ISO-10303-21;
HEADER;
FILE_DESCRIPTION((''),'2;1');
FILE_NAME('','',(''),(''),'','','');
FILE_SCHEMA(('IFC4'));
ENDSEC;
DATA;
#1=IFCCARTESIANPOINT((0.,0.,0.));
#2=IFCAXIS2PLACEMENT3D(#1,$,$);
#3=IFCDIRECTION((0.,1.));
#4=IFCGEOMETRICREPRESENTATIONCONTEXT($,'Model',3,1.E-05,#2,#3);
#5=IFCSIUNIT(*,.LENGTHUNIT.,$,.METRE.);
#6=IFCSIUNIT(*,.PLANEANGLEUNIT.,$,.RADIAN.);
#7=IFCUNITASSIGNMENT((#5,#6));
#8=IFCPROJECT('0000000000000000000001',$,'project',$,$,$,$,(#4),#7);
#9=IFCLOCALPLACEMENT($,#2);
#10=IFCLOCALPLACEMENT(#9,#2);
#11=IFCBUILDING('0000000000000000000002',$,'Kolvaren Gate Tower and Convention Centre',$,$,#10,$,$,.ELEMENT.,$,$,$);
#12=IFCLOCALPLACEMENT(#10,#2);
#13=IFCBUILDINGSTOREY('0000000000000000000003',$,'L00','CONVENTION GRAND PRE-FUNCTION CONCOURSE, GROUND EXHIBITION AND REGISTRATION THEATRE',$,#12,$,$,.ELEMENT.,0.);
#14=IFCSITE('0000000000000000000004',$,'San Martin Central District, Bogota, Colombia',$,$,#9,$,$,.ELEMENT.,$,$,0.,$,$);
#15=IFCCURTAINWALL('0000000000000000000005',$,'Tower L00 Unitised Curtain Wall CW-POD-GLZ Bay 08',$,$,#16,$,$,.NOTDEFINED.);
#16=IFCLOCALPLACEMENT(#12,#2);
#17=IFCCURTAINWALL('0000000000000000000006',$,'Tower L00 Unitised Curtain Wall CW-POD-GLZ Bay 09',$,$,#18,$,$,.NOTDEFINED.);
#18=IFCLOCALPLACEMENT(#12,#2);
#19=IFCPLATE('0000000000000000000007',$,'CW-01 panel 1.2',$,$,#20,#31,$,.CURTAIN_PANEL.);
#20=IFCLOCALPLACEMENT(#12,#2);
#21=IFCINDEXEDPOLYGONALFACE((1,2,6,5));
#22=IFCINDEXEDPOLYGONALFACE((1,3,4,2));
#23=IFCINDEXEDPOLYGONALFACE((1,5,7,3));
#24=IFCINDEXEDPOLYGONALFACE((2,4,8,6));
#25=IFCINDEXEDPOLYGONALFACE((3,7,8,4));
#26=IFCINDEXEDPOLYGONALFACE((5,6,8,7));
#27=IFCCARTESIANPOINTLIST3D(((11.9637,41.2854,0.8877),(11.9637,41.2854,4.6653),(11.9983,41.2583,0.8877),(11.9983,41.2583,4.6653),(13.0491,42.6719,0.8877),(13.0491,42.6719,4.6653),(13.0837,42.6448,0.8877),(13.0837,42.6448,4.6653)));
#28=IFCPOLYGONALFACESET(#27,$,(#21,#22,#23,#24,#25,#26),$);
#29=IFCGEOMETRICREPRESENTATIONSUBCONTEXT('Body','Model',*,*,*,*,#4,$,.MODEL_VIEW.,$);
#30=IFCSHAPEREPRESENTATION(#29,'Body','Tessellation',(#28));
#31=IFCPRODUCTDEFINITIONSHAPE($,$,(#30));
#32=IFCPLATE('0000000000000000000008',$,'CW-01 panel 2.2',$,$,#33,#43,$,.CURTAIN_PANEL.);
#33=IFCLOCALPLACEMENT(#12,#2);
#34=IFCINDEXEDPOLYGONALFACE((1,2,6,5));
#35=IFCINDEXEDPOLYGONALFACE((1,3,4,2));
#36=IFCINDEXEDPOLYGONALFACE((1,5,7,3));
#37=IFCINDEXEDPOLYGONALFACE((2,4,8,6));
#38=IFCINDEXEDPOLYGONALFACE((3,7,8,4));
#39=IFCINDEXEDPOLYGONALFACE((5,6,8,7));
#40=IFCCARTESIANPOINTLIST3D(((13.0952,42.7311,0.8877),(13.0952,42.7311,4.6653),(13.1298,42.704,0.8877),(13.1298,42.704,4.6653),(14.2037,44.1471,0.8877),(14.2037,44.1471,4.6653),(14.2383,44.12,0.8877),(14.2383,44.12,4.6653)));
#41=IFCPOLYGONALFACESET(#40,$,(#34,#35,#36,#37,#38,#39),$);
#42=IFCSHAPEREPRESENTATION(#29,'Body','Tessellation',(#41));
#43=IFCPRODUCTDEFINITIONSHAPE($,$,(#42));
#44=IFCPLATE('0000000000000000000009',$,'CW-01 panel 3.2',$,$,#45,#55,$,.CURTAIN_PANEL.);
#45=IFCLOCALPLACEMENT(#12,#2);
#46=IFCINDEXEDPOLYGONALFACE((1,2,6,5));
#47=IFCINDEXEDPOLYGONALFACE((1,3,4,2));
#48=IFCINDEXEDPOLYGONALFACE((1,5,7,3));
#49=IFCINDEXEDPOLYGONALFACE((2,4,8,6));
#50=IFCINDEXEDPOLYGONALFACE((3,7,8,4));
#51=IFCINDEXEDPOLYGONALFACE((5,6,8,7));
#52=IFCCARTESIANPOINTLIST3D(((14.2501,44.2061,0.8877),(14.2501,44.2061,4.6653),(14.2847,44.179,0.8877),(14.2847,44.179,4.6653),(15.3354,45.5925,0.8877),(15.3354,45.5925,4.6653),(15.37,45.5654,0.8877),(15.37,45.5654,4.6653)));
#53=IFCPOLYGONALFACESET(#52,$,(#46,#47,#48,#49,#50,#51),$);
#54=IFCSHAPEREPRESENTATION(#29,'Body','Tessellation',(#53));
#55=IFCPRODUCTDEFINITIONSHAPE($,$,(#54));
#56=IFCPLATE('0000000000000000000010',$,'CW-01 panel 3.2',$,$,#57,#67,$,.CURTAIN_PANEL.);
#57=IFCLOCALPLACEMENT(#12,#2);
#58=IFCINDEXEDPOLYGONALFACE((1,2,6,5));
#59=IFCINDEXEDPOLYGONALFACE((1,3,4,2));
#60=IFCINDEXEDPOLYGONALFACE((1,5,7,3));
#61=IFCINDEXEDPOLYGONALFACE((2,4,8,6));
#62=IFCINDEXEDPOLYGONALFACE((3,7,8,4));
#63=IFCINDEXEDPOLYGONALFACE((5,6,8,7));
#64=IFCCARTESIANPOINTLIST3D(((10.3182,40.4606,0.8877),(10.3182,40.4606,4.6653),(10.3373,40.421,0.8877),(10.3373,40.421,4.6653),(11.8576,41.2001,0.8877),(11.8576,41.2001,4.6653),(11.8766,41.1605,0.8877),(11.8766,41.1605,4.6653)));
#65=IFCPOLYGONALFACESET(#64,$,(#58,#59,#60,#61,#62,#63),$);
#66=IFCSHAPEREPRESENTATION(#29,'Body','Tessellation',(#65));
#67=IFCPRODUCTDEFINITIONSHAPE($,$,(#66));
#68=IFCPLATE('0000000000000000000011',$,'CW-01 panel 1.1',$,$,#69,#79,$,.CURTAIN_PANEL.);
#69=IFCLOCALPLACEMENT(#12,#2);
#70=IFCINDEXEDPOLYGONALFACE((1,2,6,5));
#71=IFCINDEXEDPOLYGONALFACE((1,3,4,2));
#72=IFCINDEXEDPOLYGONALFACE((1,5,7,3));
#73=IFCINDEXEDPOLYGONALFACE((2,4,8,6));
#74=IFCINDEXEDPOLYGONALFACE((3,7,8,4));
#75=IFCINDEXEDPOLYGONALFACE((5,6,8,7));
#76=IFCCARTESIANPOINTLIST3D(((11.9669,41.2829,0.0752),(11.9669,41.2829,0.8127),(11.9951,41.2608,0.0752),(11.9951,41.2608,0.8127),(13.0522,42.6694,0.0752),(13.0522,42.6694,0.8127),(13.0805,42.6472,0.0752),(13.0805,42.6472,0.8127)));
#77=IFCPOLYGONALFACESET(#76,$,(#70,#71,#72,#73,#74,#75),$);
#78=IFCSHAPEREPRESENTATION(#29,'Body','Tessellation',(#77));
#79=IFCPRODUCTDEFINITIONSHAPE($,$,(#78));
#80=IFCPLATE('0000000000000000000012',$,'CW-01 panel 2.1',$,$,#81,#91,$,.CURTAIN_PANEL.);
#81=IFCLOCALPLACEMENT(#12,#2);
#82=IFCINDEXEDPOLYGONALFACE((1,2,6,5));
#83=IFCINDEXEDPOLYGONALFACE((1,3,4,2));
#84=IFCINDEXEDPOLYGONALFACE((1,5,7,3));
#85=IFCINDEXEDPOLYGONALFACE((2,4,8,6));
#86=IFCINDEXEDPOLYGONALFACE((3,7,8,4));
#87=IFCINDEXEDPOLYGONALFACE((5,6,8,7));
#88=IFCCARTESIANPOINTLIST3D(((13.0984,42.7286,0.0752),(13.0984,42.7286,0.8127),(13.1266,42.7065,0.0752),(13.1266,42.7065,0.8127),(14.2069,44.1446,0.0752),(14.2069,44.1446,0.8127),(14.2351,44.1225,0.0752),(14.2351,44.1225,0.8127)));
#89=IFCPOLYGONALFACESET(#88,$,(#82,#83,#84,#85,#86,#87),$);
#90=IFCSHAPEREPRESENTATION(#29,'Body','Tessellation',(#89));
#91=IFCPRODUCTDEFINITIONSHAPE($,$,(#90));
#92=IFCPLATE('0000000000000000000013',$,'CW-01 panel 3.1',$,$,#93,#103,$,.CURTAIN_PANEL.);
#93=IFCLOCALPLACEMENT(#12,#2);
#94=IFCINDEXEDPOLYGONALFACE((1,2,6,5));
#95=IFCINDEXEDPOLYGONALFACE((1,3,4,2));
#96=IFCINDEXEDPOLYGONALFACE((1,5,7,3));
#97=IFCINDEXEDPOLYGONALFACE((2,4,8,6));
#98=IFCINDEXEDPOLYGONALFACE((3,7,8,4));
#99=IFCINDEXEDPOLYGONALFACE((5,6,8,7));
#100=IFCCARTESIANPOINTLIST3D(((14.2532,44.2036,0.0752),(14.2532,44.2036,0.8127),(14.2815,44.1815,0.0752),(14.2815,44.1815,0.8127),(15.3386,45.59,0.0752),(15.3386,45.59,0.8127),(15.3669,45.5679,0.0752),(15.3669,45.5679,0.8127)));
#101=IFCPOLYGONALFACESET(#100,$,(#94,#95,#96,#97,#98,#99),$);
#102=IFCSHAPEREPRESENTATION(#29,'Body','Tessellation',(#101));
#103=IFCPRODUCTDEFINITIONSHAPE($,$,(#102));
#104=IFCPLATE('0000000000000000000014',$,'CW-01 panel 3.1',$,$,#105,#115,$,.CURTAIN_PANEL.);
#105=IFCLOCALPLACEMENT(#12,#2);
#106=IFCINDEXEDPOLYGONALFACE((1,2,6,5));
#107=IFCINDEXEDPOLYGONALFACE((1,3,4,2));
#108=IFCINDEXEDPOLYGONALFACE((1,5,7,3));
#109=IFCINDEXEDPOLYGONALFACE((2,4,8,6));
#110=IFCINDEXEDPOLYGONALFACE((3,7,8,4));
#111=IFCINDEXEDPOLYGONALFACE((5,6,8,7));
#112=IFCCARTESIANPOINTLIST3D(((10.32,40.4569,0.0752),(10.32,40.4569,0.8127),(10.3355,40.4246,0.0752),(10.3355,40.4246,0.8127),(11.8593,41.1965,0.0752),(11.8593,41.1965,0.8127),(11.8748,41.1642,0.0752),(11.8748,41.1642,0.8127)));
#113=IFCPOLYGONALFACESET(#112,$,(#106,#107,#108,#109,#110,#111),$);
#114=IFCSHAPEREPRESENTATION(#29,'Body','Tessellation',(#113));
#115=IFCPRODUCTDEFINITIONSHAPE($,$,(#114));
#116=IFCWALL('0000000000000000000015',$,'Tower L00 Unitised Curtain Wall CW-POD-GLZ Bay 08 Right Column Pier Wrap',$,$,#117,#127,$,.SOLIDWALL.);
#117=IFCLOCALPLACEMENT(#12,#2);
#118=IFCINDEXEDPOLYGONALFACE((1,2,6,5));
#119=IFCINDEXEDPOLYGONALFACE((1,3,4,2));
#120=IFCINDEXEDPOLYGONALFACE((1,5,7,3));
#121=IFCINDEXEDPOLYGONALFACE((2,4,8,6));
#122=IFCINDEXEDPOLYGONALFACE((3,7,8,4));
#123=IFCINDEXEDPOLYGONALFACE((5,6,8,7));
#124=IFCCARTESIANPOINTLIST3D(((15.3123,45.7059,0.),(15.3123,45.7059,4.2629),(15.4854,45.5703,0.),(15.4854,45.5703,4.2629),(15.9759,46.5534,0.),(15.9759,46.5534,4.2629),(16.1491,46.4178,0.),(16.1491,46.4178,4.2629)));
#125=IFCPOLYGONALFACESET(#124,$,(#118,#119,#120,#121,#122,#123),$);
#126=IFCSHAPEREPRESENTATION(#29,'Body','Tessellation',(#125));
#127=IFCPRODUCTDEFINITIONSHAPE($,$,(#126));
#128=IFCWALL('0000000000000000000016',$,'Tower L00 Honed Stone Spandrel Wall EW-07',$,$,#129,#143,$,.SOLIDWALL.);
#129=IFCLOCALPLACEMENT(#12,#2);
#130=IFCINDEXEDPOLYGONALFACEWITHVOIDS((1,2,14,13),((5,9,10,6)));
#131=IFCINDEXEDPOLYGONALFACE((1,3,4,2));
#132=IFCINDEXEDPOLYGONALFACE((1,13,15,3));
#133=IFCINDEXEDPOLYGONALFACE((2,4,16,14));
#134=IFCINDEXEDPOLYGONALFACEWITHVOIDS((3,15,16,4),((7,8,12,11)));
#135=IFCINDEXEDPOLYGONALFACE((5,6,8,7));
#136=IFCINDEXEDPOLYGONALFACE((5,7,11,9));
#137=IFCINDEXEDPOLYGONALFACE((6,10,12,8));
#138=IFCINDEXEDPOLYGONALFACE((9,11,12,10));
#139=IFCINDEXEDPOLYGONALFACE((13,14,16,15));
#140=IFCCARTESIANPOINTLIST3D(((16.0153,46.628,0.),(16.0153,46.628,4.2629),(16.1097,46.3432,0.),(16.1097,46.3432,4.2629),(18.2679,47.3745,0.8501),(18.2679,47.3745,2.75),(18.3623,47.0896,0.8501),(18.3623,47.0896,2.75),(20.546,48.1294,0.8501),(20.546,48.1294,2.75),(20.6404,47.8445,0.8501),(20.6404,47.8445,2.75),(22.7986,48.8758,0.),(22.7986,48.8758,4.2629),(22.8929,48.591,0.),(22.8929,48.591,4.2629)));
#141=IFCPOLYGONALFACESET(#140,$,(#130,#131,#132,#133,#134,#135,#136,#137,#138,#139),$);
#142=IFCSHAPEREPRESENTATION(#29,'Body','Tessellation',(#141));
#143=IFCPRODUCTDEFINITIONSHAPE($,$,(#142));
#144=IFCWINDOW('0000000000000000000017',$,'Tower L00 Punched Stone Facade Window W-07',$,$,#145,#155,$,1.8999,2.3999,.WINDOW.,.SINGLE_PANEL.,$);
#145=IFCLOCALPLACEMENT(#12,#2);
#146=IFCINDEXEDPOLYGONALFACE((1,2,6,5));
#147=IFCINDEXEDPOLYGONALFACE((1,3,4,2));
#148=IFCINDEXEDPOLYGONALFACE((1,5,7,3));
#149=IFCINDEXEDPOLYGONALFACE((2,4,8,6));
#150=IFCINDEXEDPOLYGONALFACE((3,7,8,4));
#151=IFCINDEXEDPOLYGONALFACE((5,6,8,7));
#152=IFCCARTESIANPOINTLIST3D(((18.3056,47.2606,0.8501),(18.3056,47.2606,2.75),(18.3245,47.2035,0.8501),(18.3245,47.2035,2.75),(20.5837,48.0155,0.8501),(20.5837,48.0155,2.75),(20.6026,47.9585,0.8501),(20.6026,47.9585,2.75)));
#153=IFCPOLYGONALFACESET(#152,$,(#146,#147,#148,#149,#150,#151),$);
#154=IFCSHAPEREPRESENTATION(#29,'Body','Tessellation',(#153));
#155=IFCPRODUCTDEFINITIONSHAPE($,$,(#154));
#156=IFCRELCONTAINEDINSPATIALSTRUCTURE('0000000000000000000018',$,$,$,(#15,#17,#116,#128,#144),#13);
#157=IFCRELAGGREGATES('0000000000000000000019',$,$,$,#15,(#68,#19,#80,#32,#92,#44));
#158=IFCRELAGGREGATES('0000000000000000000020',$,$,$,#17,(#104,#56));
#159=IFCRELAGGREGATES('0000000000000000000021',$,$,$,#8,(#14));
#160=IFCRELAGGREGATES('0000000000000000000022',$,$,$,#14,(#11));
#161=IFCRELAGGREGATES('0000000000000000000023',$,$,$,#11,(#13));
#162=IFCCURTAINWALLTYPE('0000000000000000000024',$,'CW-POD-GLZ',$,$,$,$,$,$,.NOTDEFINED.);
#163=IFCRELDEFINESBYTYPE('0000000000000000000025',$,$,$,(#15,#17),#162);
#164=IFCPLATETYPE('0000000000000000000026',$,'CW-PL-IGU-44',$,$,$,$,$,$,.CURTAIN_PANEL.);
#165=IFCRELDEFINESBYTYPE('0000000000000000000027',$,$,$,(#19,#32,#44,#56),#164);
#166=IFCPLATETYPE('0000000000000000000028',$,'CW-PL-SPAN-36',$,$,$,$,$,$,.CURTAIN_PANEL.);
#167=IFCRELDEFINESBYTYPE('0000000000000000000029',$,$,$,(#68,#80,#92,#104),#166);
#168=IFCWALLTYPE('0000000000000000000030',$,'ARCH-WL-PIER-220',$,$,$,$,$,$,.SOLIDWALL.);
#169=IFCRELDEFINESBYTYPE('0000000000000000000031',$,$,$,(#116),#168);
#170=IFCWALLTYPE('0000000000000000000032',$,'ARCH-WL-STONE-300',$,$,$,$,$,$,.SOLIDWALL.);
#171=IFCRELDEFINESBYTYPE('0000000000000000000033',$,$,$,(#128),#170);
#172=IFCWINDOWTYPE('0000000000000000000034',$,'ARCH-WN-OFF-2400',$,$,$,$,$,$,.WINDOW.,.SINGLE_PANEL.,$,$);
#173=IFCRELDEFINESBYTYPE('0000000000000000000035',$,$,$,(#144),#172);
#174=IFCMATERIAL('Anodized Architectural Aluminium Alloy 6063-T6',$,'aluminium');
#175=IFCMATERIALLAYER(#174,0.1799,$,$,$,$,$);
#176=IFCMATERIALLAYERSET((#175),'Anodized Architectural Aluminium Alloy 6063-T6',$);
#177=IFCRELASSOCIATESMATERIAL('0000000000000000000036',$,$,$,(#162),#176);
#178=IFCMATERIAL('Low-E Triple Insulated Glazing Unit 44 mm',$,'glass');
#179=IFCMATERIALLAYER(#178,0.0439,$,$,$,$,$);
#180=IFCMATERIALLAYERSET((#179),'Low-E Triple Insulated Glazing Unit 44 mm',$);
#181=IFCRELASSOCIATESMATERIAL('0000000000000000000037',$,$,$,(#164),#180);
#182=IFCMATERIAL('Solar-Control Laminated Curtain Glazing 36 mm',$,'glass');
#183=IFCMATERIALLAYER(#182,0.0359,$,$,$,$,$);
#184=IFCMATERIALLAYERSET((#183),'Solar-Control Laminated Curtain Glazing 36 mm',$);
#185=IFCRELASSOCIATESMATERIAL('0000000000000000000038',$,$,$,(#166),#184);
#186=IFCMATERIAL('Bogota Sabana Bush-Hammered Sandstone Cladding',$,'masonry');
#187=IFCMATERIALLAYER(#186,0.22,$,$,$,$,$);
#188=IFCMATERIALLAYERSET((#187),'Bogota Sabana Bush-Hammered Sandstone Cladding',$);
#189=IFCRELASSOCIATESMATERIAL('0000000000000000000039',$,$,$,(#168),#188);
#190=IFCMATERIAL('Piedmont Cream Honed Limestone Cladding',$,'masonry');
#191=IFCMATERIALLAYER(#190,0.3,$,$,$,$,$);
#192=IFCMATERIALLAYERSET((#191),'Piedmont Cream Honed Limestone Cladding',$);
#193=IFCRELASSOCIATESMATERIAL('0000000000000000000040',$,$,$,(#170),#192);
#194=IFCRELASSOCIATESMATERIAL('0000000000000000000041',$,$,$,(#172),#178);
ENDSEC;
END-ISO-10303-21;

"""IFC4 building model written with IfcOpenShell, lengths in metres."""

from ifc_helpers import new_model, si_unit, direction, frame, frame_2d, origin, origin_2d, place, context, subcontext, project, spatial, rectangle, extrude, material, layer, layer_set, type_object, element, fill, aggregate, save


model = new_model("IFC4")

# Units and contexts
model_context = context("Model", 3, precision=1e-05, world=origin(), true_north=direction((0.0, 1.0)))
body_context = subcontext(model_context, "Body", "Model", "MODEL_VIEW")
ifc_project = project(units=[si_unit("LENGTHUNIT", "METRE"), si_unit("PLANEANGLEUNIT", "RADIAN")], contexts=[model_context])

# Site, building, storey
site_placement = place(None, origin())
site = spatial("IfcSite", under=ifc_project, at=site_placement, Name="San Martin Central District, Bogota, Colombia", CompositionType="ELEMENT", RefElevation=0.0)
building_placement = place(site_placement, origin())
building = spatial("IfcBuilding", under=site, at=building_placement, Name="Kolvaren Gate Tower and Convention Centre", CompositionType="ELEMENT")
storey_placement = place(building_placement, origin())
storey = spatial("IfcBuildingStorey", under=building, at=storey_placement, Name="L00", Description="CONVENTION GRAND PRE-FUNCTION CONCOURSE, GROUND EXHIBITION AND REGISTRATION THEATRE", CompositionType="ELEMENT", Elevation=0.0)

# Curtain wall
ifc_material_1 = material(Name="Anodized Architectural Aluminium Alloy 6063-T6", Category="aluminium")
ifc_layer_1 = layer(ifc_material_1, 0.1799)
ifc_layer_set_1 = layer_set([ifc_layer_1], Name="Anodized Architectural Aluminium Alloy 6063-T6")
curtain_wall_type = type_object("IfcCurtainWallType", Name="CW-POD-GLZ", PredefinedType="NOTDEFINED", material=ifc_layer_set_1)
curtain_wall_1_placement = place(storey_placement, origin())
curtain_wall_1 = element("IfcCurtainWall", 1, at=curtain_wall_1_placement, inside=storey, type_object=curtain_wall_type, Name="Tower L00 Unitised Curtain Wall CW-POD-GLZ Bay 08", PredefinedType="NOTDEFINED")

# Curtain wall
curtain_wall_2_placement = place(storey_placement, origin())
curtain_wall_2 = element("IfcCurtainWall", 2, at=curtain_wall_2_placement, inside=storey, type_object=curtain_wall_type, Name="Tower L00 Unitised Curtain Wall CW-POD-GLZ Bay 09", PredefinedType="NOTDEFINED")

# Plates
ifc_material_2 = material(Name="Low-E Triple Insulated Glazing Unit 44 mm", Category="glass")
ifc_layer_2 = layer(ifc_material_2, 0.0439)
ifc_layer_set_2 = layer_set([ifc_layer_2], Name="Low-E Triple Insulated Glazing Unit 44 mm")
plate_type_1 = type_object("IfcPlateType", Name="CW-PL-IGU-44", PredefinedType="CURTAIN_PANEL", material=ifc_layer_set_2)
plate_1_placement = place(storey_placement, frame((12.5237, 41.9651, 0.8877), z_axis=(0.0, 0.0, 1.0), x_axis=(0.616421, 0.787417, 0.0)))
plate_1 = element("IfcPlate", 3, at=plate_1_placement, type_object=plate_type_1, Name="CW-01 panel 1.2", PredefinedType="CURTAIN_PANEL", context=body_context, shape_type="SweptSolid", body=[
    extrude(rectangle(XDim=1.7607, YDim=0.0439, at=origin_2d()), origin(), (0.0, 0.0, 1.0), 3.7776),
])
plate_2_placement = place(storey_placement, frame((13.6667, 43.4255, 0.8877), z_axis=(0.0, 0.0, 1.0), x_axis=(0.616421, 0.787417, 0.0)))
plate_2 = element("IfcPlate", 4, at=plate_2_placement, type_object=plate_type_1, Name="CW-01 panel 2.2", PredefinedType="CURTAIN_PANEL", context=body_context, shape_type="SweptSolid", body=[
    extrude(rectangle(XDim=1.7983, YDim=0.0439, at=origin_2d()), origin(), (0.0, 0.0, 1.0), 3.7776),
])
plate_3_placement = place(storey_placement, frame((14.8101, 44.8857, 0.8877), z_axis=(0.0, 0.0, 1.0), x_axis=(0.616421, 0.787417, 0.0)))
plate_3 = element("IfcPlate", 5, at=plate_3_placement, type_object=plate_type_1, Name="CW-01 panel 3.2", PredefinedType="CURTAIN_PANEL", context=body_context, shape_type="SweptSolid", body=[
    extrude(rectangle(XDim=1.7607, YDim=0.0439, at=origin_2d()), origin(), (0.0, 0.0, 1.0), 3.7776),
])
plate_4_placement = place(storey_placement, frame((11.0974, 40.8105, 0.8877), z_axis=(0.0, 0.0, 1.0), x_axis=(0.901367, 0.433057, 0.0)))
plate_4 = element("IfcPlate", 6, at=plate_4_placement, type_object=plate_type_1, Name="CW-01 panel 3.2", PredefinedType="CURTAIN_PANEL", context=body_context, shape_type="SweptSolid", body=[
    extrude(rectangle(XDim=1.7078, YDim=0.0439, at=origin_2d()), origin(), (0.0, 0.0, 1.0), 3.7776),
])
ifc_material_3 = material(Name="Solar-Control Laminated Curtain Glazing 36 mm", Category="glass")
ifc_layer_3 = layer(ifc_material_3, 0.0359)
ifc_layer_set_3 = layer_set([ifc_layer_3], Name="Solar-Control Laminated Curtain Glazing 36 mm")
plate_type_2 = type_object("IfcPlateType", Name="CW-PL-SPAN-36", PredefinedType="CURTAIN_PANEL", material=ifc_layer_set_3)
plate_5_placement = place(storey_placement, frame((12.5237, 41.9651, 0.0752), z_axis=(0.0, 0.0, 1.0), x_axis=(0.616421, 0.787417, 0.0)))
plate_5 = element("IfcPlate", 7, at=plate_5_placement, type_object=plate_type_2, Name="CW-01 panel 1.1", PredefinedType="CURTAIN_PANEL", context=body_context, shape_type="SweptSolid", body=[
    extrude(rectangle(XDim=1.7607, YDim=0.0359, at=origin_2d()), origin(), (0.0, 0.0, 1.0), 0.7375),
])
plate_6_placement = place(storey_placement, frame((13.6667, 43.4255, 0.0752), z_axis=(0.0, 0.0, 1.0), x_axis=(0.616421, 0.787417, 0.0)))
plate_6 = element("IfcPlate", 8, at=plate_6_placement, type_object=plate_type_2, Name="CW-01 panel 2.1", PredefinedType="CURTAIN_PANEL", context=body_context, shape_type="SweptSolid", body=[
    extrude(rectangle(XDim=1.7983, YDim=0.0359, at=origin_2d()), origin(), (0.0, 0.0, 1.0), 0.7375),
])
plate_7_placement = place(storey_placement, frame((14.8101, 44.8857, 0.0752), z_axis=(0.0, 0.0, 1.0), x_axis=(0.616421, 0.787417, 0.0)))
plate_7 = element("IfcPlate", 9, at=plate_7_placement, type_object=plate_type_2, Name="CW-01 panel 3.1", PredefinedType="CURTAIN_PANEL", context=body_context, shape_type="SweptSolid", body=[
    extrude(rectangle(XDim=1.7607, YDim=0.0359, at=origin_2d()), origin(), (0.0, 0.0, 1.0), 0.7375),
])
aggregate(curtain_wall_1, [plate_5, plate_1, plate_6, plate_2, plate_7, plate_3])
plate_8_placement = place(storey_placement, frame((11.0974, 40.8105, 0.0752), z_axis=(0.0, 0.0, 1.0), x_axis=(0.901367, 0.433057, 0.0)))
plate_8 = element("IfcPlate", 10, at=plate_8_placement, type_object=plate_type_2, Name="CW-01 panel 3.1", PredefinedType="CURTAIN_PANEL", context=body_context, shape_type="SweptSolid", body=[
    extrude(rectangle(XDim=1.7078, YDim=0.0359, at=origin_2d()), origin(), (0.0, 0.0, 1.0), 0.7375),
])
aggregate(curtain_wall_2, [plate_8, plate_4])

# Wall
ifc_material_4 = material(Name="Bogota Sabana Bush-Hammered Sandstone Cladding", Category="masonry")
ifc_layer_4 = layer(ifc_material_4, 0.22)
ifc_layer_set_4 = layer_set([ifc_layer_4], Name="Bogota Sabana Bush-Hammered Sandstone Cladding")
wall_type_1 = type_object("IfcWallType", Name="ARCH-WL-PIER-220", PredefinedType="SOLIDWALL", material=ifc_layer_set_4)
wall_1_placement = place(storey_placement, frame((15.3989, 45.6382, 0.0), z_axis=(0.0, 0.0, 1.0), x_axis=(0.616528, 0.787333, 0.0)))
element("IfcWall", 11, at=wall_1_placement, inside=storey, type_object=wall_type_1, Name="Tower L00 Unitised Curtain Wall CW-POD-GLZ Bay 08 Right Column Pier Wrap", PredefinedType="SOLIDWALL", context=body_context, shape_type="SweptSolid", body=[
    extrude(rectangle(XDim=1.0764, YDim=0.22, at=frame_2d((0.5381, 0.0))), origin(), (0.0, 0.0, 1.0), 4.2629),
])

# Wall, opening, window
ifc_material_5 = material(Name="Piedmont Cream Honed Limestone Cladding", Category="masonry")
ifc_layer_5 = layer(ifc_material_5, 0.3)
ifc_layer_set_5 = layer_set([ifc_layer_5], Name="Piedmont Cream Honed Limestone Cladding")
wall_type_2 = type_object("IfcWallType", Name="ARCH-WL-STONE-300", PredefinedType="SOLIDWALL", material=ifc_layer_set_5)
wall_2_placement = place(storey_placement, frame((16.0625, 46.4856, 0.0), z_axis=(0.0, 0.0, 1.0), x_axis=(0.949239, 0.314557, 0.0)))
wall_2 = element("IfcWall", 12, at=wall_2_placement, inside=storey, type_object=wall_type_2, Name="Tower L00 Honed Stone Spandrel Wall EW-07", PredefinedType="SOLIDWALL", context=body_context, shape_type="SweptSolid", body=[
    extrude(rectangle(XDim=7.146, YDim=0.3, at=frame_2d((3.573, 0.0))), origin(), (0.0, 0.0, 1.0), 4.2629),
])
opening_placement = place(wall_2_placement, frame((2.373, 0.0, 0.8501)))
opening = element("IfcOpeningElement", 13, at=opening_placement, cuts=wall_2, PredefinedType="OPENING", context=body_context, shape_type="SweptSolid", body=[
    extrude(rectangle(XDim=2.3999, YDim=1.8999, at=frame_2d((1.2, 0.95))), frame((0.0, 0.1599, 0.0), z_axis=(0.0, -1.0, 0.0), x_axis=(1.0, 0.0, 0.0)), (0.0, 0.0, 1.0), 0.3201),
])
window_type = type_object("IfcWindowType", Name="ARCH-WN-OFF-2400", PartitioningType="SINGLE_PANEL", PredefinedType="WINDOW", material=ifc_material_2)
window_placement = place(opening_placement, origin())
window = element("IfcWindow", 14, at=window_placement, inside=storey, type_object=window_type, Name="Tower L00 Punched Stone Facade Window W-07", OverallHeight=1.8999, OverallWidth=2.3999, PartitioningType="SINGLE_PANEL", PredefinedType="WINDOW", context=body_context, shape_type="SweptSolid", body=[
    extrude(rectangle(XDim=2.3999, YDim=1.8999, at=frame_2d((1.2, 0.95))), frame((0.0, 0.03, 0.0), z_axis=(0.0, -1.0, 0.0), x_axis=(1.0, 0.0, 0.0)), (0.0, 0.0, 1.0), 0.0601),
])
fill(opening, window)

save(model, "model.ifc")
